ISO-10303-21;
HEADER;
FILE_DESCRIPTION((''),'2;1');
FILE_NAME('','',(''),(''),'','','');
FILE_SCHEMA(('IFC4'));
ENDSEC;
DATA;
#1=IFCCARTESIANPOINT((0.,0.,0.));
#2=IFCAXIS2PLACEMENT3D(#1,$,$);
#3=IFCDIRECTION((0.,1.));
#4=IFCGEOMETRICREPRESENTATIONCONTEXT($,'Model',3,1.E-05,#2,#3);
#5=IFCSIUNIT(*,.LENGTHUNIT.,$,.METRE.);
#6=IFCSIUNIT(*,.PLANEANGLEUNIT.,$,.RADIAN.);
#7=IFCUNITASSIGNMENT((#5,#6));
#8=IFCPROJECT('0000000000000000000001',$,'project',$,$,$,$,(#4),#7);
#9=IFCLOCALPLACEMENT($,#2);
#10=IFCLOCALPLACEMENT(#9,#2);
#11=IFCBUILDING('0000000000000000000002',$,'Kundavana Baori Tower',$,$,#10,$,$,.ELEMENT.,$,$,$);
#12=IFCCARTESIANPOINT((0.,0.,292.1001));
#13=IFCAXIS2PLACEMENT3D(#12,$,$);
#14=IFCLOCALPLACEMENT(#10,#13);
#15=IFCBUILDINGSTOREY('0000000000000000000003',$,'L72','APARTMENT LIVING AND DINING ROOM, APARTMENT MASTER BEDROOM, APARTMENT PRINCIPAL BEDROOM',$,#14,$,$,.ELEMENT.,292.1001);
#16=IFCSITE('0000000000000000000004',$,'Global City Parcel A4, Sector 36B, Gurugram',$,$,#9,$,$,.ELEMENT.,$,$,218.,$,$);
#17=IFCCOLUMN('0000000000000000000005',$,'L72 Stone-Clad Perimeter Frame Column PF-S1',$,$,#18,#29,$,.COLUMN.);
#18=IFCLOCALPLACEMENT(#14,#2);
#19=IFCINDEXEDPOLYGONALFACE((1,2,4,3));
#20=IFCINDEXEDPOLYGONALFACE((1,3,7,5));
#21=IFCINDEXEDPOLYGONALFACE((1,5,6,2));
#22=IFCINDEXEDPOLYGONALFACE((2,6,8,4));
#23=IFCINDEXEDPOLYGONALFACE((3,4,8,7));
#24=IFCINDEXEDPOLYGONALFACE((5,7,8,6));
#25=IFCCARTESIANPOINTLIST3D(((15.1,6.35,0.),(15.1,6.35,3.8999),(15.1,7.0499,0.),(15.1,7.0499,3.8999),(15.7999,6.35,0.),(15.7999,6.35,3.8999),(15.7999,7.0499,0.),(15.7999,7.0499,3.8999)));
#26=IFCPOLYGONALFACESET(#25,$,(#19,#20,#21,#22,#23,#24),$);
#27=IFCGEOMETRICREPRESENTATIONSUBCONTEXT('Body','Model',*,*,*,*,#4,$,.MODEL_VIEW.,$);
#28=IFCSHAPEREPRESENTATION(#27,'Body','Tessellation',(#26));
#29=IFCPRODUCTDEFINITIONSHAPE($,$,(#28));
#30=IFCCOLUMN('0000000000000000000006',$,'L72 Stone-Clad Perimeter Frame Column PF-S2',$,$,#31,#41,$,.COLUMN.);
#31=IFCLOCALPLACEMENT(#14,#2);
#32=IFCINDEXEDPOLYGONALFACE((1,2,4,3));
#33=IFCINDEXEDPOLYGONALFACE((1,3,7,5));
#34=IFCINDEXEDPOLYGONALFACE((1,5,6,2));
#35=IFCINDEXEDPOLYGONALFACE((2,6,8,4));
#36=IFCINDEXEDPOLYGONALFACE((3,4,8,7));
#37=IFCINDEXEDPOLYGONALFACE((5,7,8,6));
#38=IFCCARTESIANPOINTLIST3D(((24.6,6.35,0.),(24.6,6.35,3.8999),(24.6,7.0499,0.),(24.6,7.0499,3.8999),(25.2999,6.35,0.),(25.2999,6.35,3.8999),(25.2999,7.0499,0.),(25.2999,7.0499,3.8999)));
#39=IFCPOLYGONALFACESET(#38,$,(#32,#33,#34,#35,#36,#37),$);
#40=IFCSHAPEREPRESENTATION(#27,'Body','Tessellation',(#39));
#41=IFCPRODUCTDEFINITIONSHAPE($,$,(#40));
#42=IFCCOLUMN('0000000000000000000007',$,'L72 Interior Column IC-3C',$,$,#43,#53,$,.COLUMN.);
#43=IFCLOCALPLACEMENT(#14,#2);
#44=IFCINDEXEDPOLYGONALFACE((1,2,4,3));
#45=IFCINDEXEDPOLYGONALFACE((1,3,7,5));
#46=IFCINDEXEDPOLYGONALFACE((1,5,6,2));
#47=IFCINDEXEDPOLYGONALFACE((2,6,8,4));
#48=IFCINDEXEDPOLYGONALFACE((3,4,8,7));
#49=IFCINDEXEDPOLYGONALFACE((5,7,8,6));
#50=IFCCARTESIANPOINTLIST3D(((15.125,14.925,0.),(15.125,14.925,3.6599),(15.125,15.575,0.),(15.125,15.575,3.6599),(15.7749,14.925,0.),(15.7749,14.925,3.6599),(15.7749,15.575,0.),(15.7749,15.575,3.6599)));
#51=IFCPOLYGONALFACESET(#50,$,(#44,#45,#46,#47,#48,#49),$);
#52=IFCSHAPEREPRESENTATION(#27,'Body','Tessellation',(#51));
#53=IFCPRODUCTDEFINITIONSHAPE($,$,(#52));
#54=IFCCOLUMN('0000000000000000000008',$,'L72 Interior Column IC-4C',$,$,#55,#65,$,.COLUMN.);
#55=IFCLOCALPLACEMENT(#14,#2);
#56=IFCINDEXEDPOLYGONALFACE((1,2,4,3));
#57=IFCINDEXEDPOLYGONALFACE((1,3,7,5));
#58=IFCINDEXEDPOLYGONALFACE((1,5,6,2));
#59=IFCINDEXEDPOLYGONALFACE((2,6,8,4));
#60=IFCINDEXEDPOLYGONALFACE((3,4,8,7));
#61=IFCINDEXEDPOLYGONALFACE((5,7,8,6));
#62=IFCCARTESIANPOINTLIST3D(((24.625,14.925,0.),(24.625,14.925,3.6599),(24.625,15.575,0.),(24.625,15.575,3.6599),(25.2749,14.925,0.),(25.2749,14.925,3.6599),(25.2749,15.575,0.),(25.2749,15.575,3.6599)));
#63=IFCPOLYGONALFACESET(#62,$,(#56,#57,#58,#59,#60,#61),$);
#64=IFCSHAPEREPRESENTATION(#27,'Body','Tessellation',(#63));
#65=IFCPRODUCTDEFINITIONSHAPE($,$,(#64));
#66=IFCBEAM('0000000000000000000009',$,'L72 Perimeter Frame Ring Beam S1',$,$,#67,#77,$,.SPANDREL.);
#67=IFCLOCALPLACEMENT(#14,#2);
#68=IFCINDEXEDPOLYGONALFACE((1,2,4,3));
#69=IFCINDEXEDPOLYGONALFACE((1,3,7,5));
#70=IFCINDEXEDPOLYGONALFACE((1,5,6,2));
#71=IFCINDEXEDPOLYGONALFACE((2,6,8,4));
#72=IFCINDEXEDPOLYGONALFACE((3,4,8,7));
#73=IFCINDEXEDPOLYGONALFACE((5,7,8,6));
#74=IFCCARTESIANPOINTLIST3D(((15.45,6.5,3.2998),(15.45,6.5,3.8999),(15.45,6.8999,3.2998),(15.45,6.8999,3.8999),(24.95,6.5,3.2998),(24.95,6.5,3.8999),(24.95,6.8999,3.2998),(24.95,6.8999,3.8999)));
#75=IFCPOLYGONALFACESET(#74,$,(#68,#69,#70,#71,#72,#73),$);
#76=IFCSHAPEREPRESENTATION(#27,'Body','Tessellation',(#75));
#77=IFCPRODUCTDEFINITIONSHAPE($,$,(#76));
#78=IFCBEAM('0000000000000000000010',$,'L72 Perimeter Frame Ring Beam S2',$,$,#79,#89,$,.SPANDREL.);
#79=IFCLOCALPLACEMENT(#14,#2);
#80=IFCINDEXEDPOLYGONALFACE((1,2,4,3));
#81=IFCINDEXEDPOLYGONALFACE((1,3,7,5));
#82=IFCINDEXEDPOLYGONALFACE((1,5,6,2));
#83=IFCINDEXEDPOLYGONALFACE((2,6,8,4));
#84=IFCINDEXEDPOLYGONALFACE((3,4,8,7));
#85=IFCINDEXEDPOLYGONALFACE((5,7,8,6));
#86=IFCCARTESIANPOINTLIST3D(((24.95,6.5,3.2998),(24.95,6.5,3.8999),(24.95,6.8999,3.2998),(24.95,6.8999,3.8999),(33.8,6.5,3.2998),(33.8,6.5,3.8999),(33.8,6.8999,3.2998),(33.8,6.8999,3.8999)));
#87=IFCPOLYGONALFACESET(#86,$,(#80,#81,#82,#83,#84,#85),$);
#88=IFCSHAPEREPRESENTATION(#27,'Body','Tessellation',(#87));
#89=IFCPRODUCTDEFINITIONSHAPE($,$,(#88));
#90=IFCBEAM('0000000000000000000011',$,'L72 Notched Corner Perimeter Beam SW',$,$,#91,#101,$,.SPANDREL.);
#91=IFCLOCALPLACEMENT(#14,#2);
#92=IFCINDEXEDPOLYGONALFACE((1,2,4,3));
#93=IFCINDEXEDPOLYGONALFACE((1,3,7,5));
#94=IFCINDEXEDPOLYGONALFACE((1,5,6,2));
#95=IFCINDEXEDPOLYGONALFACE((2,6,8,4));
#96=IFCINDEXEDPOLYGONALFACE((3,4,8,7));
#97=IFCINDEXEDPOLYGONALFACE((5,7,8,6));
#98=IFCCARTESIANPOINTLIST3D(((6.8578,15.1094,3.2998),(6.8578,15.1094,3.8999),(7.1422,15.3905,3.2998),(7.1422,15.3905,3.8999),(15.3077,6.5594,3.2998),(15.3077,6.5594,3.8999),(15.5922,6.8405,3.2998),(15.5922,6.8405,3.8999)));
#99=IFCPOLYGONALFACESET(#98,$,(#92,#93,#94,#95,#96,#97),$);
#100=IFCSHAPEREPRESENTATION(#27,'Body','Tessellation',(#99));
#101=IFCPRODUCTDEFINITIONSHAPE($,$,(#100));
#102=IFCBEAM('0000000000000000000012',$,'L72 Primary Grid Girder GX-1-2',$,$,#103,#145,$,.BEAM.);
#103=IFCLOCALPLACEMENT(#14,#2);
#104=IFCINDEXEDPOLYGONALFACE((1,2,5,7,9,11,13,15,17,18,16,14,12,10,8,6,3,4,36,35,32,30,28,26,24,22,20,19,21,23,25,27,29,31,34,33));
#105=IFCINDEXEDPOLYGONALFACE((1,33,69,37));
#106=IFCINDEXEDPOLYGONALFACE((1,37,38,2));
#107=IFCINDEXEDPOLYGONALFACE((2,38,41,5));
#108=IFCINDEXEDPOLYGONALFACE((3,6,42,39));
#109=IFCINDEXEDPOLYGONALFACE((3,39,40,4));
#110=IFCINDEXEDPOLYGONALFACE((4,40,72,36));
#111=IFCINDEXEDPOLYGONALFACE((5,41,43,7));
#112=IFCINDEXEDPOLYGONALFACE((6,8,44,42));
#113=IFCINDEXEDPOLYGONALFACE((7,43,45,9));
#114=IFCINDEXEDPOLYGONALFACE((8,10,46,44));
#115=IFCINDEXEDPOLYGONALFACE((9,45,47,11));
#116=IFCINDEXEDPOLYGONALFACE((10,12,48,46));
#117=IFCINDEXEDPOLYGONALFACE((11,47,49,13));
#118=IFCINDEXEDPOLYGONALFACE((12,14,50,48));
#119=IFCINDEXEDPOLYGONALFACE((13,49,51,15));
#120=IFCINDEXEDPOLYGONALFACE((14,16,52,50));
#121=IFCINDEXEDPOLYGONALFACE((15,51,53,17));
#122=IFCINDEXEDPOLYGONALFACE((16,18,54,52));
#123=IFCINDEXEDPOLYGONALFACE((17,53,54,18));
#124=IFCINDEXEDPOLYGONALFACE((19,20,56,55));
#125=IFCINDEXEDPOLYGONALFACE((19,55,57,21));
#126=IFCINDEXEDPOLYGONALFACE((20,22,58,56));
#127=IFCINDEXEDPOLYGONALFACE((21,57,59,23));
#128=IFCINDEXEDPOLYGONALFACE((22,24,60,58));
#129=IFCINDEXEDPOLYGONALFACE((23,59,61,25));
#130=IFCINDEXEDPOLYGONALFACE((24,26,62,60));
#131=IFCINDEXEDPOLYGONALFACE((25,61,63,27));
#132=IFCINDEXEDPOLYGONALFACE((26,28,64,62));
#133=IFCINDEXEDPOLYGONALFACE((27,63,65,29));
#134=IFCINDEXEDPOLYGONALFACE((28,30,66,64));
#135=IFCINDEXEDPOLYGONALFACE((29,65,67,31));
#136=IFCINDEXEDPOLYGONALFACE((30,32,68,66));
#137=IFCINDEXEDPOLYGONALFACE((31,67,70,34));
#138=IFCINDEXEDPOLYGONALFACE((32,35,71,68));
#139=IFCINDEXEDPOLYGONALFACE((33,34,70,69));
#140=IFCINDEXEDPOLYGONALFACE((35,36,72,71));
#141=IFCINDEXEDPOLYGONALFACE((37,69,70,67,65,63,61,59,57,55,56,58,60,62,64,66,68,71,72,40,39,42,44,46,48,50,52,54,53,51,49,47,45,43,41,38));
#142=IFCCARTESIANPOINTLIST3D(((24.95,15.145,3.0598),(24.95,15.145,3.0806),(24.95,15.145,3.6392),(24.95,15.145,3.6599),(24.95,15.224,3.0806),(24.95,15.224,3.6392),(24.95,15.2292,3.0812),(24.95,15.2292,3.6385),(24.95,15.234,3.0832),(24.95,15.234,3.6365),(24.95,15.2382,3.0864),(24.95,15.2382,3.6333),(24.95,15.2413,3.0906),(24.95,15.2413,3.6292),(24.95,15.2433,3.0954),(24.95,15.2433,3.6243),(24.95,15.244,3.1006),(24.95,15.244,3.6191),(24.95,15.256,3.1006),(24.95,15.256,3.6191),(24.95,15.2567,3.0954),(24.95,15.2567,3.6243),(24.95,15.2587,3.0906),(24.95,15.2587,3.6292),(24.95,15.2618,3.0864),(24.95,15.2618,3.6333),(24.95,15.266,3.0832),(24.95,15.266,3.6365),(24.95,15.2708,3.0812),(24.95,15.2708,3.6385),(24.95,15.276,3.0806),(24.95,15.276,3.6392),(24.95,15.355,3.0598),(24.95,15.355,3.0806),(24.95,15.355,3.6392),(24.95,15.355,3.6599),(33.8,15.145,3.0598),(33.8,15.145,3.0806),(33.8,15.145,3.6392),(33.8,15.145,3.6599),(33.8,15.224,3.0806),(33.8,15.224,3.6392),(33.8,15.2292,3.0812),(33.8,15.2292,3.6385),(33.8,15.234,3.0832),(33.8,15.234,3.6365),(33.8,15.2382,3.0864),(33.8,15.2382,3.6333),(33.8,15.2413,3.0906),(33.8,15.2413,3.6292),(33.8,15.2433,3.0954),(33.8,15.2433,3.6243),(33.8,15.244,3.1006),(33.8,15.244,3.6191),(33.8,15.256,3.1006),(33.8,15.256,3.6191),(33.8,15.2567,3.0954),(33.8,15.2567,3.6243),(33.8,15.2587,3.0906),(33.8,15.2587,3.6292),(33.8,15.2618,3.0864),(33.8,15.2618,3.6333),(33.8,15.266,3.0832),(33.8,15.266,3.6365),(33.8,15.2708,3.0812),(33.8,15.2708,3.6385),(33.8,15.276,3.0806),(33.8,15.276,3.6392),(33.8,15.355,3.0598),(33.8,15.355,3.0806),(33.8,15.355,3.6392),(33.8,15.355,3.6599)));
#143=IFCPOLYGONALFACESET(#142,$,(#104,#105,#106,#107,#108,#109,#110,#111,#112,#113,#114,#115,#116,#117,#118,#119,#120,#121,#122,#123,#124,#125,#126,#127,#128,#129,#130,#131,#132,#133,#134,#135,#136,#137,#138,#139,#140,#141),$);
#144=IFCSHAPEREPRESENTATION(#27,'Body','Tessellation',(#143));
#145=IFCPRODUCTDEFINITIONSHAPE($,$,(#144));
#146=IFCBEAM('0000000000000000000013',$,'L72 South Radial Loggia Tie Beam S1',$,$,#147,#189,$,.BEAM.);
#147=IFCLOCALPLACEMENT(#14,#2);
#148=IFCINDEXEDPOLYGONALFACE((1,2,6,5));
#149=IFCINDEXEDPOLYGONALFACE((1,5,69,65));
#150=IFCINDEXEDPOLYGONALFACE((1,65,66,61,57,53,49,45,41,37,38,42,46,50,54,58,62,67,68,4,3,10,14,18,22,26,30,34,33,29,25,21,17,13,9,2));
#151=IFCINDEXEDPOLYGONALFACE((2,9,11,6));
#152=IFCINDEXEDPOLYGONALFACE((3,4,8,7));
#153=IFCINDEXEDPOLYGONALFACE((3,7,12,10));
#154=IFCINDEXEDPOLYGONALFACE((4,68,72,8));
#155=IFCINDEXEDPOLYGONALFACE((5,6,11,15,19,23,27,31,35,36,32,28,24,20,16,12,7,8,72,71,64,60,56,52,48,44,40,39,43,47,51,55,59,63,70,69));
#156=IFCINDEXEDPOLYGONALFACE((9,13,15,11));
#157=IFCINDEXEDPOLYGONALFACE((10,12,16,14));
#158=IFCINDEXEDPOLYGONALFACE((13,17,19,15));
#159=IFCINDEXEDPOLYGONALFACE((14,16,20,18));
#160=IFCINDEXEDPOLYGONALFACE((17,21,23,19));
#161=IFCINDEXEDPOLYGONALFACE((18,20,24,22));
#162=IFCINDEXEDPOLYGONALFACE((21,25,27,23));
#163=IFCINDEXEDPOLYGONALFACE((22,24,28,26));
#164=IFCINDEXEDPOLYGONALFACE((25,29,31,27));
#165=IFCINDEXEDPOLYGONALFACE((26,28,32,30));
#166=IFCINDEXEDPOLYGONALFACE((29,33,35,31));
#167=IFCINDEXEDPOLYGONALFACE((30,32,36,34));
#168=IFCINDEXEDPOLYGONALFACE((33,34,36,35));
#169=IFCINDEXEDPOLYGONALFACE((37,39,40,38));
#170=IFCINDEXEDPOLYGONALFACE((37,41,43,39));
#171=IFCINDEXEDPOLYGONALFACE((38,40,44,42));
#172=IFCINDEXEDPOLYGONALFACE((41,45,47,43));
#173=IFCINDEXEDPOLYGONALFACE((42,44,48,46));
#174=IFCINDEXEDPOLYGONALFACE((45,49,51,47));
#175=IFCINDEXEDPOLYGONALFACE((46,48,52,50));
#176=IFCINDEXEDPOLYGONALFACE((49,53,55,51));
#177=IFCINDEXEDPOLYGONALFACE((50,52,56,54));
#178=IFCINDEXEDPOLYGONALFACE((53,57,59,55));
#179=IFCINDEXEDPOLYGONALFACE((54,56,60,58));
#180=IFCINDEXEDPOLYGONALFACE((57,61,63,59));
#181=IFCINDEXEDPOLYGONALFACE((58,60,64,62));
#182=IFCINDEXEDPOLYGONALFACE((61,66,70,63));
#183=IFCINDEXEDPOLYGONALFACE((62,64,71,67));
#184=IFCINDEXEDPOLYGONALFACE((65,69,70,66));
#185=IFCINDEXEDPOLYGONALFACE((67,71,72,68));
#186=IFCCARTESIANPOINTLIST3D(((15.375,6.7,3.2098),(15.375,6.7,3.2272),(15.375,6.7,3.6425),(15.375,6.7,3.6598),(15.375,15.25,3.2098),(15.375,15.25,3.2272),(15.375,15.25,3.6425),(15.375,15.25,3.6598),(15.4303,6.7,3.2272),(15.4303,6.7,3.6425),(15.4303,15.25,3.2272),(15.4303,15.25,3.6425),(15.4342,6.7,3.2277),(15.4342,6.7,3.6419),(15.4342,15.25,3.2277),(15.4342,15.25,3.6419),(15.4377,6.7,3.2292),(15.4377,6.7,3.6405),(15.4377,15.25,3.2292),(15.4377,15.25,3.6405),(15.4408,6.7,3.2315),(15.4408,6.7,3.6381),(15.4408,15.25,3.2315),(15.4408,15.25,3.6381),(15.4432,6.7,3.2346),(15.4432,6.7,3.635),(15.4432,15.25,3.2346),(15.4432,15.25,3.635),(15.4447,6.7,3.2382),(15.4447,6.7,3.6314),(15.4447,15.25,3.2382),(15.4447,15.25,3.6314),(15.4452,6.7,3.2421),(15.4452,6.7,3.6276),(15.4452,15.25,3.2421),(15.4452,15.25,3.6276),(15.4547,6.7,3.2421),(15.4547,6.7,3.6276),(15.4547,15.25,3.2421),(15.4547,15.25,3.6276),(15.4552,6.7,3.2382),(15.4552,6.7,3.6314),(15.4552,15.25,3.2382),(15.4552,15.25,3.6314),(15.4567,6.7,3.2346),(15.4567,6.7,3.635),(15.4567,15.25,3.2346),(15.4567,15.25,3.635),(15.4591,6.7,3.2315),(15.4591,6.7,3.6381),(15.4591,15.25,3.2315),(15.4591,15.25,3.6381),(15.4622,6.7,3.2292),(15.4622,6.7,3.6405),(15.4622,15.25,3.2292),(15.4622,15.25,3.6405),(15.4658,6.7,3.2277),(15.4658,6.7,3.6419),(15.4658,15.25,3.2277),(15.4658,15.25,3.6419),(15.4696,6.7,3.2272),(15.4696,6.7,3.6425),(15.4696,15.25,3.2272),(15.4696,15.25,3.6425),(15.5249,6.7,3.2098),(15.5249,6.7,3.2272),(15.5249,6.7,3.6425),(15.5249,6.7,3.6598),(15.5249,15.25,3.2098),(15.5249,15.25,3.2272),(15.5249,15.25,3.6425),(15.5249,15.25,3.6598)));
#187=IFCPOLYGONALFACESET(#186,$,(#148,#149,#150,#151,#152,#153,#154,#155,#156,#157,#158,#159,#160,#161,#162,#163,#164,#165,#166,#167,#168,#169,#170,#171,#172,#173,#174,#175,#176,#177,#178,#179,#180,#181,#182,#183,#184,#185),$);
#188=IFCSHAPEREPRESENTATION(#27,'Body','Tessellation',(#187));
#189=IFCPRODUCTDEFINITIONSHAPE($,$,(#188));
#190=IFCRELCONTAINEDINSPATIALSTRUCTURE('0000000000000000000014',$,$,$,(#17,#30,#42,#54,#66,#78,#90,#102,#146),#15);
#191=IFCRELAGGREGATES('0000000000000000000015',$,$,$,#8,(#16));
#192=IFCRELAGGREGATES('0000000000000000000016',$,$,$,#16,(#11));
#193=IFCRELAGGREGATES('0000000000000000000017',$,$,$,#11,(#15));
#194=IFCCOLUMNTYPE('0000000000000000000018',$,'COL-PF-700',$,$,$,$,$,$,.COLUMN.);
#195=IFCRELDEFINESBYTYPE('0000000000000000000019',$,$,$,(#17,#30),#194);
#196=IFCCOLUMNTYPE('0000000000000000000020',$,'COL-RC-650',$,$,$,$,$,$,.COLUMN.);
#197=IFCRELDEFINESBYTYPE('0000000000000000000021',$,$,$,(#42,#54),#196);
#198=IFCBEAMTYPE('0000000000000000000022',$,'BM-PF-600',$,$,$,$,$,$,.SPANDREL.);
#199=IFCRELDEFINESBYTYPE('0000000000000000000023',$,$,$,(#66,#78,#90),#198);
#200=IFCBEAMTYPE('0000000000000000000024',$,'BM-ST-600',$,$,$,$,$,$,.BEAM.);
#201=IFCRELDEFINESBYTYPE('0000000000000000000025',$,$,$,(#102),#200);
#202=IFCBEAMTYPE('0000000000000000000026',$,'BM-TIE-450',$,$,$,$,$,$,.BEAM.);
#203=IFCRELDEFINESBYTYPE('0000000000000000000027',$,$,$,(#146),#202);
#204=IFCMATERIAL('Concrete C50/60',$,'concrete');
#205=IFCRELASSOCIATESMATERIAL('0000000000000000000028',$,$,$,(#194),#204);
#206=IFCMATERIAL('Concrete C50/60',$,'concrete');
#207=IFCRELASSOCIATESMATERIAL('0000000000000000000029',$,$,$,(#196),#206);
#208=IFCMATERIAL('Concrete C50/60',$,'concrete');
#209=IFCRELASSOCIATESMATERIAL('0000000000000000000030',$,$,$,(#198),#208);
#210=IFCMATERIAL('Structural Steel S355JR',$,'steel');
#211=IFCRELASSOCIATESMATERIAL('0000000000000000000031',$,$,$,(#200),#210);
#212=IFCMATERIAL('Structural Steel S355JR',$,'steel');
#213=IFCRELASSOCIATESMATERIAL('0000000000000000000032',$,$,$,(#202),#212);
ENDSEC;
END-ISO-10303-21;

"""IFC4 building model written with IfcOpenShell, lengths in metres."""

from ifc_helpers import new_model, si_unit, direction, frame, origin, origin_2d, place, context, subcontext, project, spatial, rectangle, i_section, extrude, material, material_profile, profile_set, type_object, element, save


model = new_model("IFC4")

# Units and contexts
model_context = context("Model", 3, precision=1e-05, world=origin(), true_north=direction((0.0, 1.0)))
body_context = subcontext(model_context, "Body", "Model", "MODEL_VIEW")
ifc_project = project(units=[si_unit("LENGTHUNIT", "METRE"), si_unit("PLANEANGLEUNIT", "RADIAN")], contexts=[model_context])

# Site, building, storey
site_placement = place(None, origin())
site = spatial("IfcSite", under=ifc_project, at=site_placement, Name="Global City Parcel A4, Sector 36B, Gurugram", CompositionType="ELEMENT", RefElevation=218.0)
building_placement = place(site_placement, origin())
building = spatial("IfcBuilding", under=site, at=building_placement, Name="Kundavana Baori Tower", CompositionType="ELEMENT")
storey_placement = place(building_placement, frame((0.0, 0.0, 292.1001)))
storey = spatial("IfcBuildingStorey", under=building, at=storey_placement, Name="L72", Description="APARTMENT LIVING AND DINING ROOM, APARTMENT MASTER BEDROOM, APARTMENT PRINCIPAL BEDROOM", CompositionType="ELEMENT", Elevation=292.1001)

# Columns
ifc_material_1 = material(Name="Concrete C50/60", Category="concrete")
ifc_material_profile_1 = material_profile(ifc_material_1, rectangle(XDim=0.7, YDim=0.7, at=origin_2d()), Name="RC PF 700x700")
ifc_profile_set_1 = profile_set([ifc_material_profile_1], Name="Concrete C50/60")
column_type_1 = type_object("IfcColumnType", Name="COL-PF-700", PredefinedType="COLUMN", material=ifc_profile_set_1)
for number, where, z_axis, x_axis, name in (
    (1, (15.45, 6.7, 0.0), (0.0, 0.0, 1.0), (1.0, 0.0, 0.0), "L72 Stone-Clad Perimeter Frame Column PF-S1"),
    (2, (24.95, 6.7, 0.0), (0.0, 0.0, 1.0), (1.0, 0.0, 0.0), "L72 Stone-Clad Perimeter Frame Column PF-S2"),
):
    element("IfcColumn", number, at=place(storey_placement, frame(where, z_axis=z_axis, x_axis=x_axis)), inside=storey, type_object=column_type_1, Name=name, PredefinedType="COLUMN", context=body_context, shape_type="SweptSolid", body=[
        extrude(rectangle(XDim=0.7, YDim=0.7, at=origin_2d()), origin(), (0.0, 0.0, 1.0), 3.8999),
    ])
ifc_material_2 = material(Name="Concrete C50/60", Category="concrete")
ifc_material_profile_2 = material_profile(ifc_material_2, rectangle(XDim=0.6499, YDim=0.6499, at=origin_2d()), Name="RC 650x650")
ifc_profile_set_2 = profile_set([ifc_material_profile_2], Name="Concrete C50/60")
column_type_2 = type_object("IfcColumnType", Name="COL-RC-650", PredefinedType="COLUMN", material=ifc_profile_set_2)
for number, where, z_axis, x_axis, name in (
    (3, (15.45, 15.25, 0.0), (0.0, 0.0, 1.0), (1.0, 0.0, 0.0), "L72 Interior Column IC-3C"),
    (4, (24.95, 15.25, 0.0), (0.0, 0.0, 1.0), (1.0, 0.0, 0.0), "L72 Interior Column IC-4C"),
):
    element("IfcColumn", number, at=place(storey_placement, frame(where, z_axis=z_axis, x_axis=x_axis)), inside=storey, type_object=column_type_2, Name=name, PredefinedType="COLUMN", context=body_context, shape_type="SweptSolid", body=[
        extrude(rectangle(XDim=0.6499, YDim=0.6499, at=origin_2d()), origin(), (0.0, 0.0, 1.0), 3.6599),
    ])

# Beams
ifc_material_3 = material(Name="Concrete C50/60", Category="concrete")
ifc_material_profile_3 = material_profile(ifc_material_3, rectangle(XDim=0.3999, YDim=0.6001, at=origin_2d()), Name="RC BM 400x600")
ifc_profile_set_3 = profile_set([ifc_material_profile_3], Name="Concrete C50/60")
beam_type_1 = type_object("IfcBeamType", Name="BM-PF-600", PredefinedType="SPANDREL", material=ifc_profile_set_3)
beam_1_placement = place(storey_placement, frame((15.45, 6.7, 3.5999), z_axis=(1.0, 0.0, 0.0), x_axis=(0.0, 1.0, 0.0)))
element("IfcBeam", 5, at=beam_1_placement, inside=storey, type_object=beam_type_1, Name="L72 Perimeter Frame Ring Beam S1", PredefinedType="SPANDREL", context=body_context, shape_type="SweptSolid", body=[
    extrude(rectangle(XDim=0.3999, YDim=0.6001, at=origin_2d()), origin(), (0.0, 0.0, 1.0), 9.5),
])
beam_2_placement = place(storey_placement, frame((24.95, 6.7, 3.5999), z_axis=(1.0, 0.0, 0.0), x_axis=(0.0, 1.0, 0.0)))
element("IfcBeam", 6, at=beam_2_placement, inside=storey, type_object=beam_type_1, Name="L72 Perimeter Frame Ring Beam S2", PredefinedType="SPANDREL", context=body_context, shape_type="SweptSolid", body=[
    extrude(rectangle(XDim=0.3999, YDim=0.6001, at=origin_2d()), origin(), (0.0, 0.0, 1.0), 8.8501),
])
beam_3_placement = place(storey_placement, frame((15.45, 6.7, 3.5999), z_axis=(-0.702931, 0.711258, 0.0), x_axis=(-0.711258, -0.702931, 0.0)))
element("IfcBeam", 7, at=beam_3_placement, inside=storey, type_object=beam_type_1, Name="L72 Notched Corner Perimeter Beam SW", PredefinedType="SPANDREL", context=body_context, shape_type="SweptSolid", body=[
    extrude(rectangle(XDim=0.3999, YDim=0.6001, at=origin_2d()), origin(), (0.0, 0.0, 1.0), 12.021),
])
ifc_material_4 = material(Name="Structural Steel S355JR", Category="steel")
ifc_material_profile_4 = material_profile(ifc_material_4, i_section(OverallWidth=0.21, OverallDepth=0.6001, WebThickness=0.012, FlangeThickness=0.0208, FilletRadius=0.02, at=origin_2d()), Name="ISMB 600")
ifc_profile_set_4 = profile_set([ifc_material_profile_4], Name="Structural Steel S355JR")
beam_type_2 = type_object("IfcBeamType", Name="BM-ST-600", PredefinedType="BEAM", material=ifc_profile_set_4)
beam_4_placement = place(storey_placement, frame((24.95, 15.25, 3.3599), z_axis=(1.0, 0.0, 0.0), x_axis=(0.0, 1.0, 0.0)))
element("IfcBeam", 8, at=beam_4_placement, inside=storey, type_object=beam_type_2, Name="L72 Primary Grid Girder GX-1-2", PredefinedType="BEAM", context=body_context, shape_type="SweptSolid", body=[
    extrude(i_section(OverallWidth=0.21, OverallDepth=0.6001, WebThickness=0.012, FlangeThickness=0.0208, FilletRadius=0.02, at=origin_2d()), origin(), (0.0, 0.0, 1.0), 8.8501),
])
ifc_material_5 = material(Name="Structural Steel S355JR", Category="steel")
ifc_material_profile_5 = material_profile(ifc_material_5, i_section(OverallWidth=0.1499, OverallDepth=0.45, WebThickness=0.0095, FlangeThickness=0.0173, FilletRadius=0.0149, at=origin_2d()), Name="ISMB 450")
ifc_profile_set_5 = profile_set([ifc_material_profile_5], Name="Structural Steel S355JR")
beam_type_3 = type_object("IfcBeamType", Name="BM-TIE-450", PredefinedType="BEAM", material=ifc_profile_set_5)
for number, where, z_axis, x_axis, name in (
    (9, (15.45, 15.25, 3.4348), (0.0, -1.0, 0.0), (1.0, 0.0, 0.0), "L72 South Radial Loggia Tie Beam S1"),
):
    element("IfcBeam", number, at=place(storey_placement, frame(where, z_axis=z_axis, x_axis=x_axis)), inside=storey, type_object=beam_type_3, Name=name, PredefinedType="BEAM", context=body_context, shape_type="SweptSolid", body=[
        extrude(i_section(OverallWidth=0.1499, OverallDepth=0.45, WebThickness=0.0095, FlangeThickness=0.0173, FilletRadius=0.0149, at=origin_2d()), origin(), (0.0, 0.0, 1.0), 8.55),
    ])

save(model, "model.ifc")
